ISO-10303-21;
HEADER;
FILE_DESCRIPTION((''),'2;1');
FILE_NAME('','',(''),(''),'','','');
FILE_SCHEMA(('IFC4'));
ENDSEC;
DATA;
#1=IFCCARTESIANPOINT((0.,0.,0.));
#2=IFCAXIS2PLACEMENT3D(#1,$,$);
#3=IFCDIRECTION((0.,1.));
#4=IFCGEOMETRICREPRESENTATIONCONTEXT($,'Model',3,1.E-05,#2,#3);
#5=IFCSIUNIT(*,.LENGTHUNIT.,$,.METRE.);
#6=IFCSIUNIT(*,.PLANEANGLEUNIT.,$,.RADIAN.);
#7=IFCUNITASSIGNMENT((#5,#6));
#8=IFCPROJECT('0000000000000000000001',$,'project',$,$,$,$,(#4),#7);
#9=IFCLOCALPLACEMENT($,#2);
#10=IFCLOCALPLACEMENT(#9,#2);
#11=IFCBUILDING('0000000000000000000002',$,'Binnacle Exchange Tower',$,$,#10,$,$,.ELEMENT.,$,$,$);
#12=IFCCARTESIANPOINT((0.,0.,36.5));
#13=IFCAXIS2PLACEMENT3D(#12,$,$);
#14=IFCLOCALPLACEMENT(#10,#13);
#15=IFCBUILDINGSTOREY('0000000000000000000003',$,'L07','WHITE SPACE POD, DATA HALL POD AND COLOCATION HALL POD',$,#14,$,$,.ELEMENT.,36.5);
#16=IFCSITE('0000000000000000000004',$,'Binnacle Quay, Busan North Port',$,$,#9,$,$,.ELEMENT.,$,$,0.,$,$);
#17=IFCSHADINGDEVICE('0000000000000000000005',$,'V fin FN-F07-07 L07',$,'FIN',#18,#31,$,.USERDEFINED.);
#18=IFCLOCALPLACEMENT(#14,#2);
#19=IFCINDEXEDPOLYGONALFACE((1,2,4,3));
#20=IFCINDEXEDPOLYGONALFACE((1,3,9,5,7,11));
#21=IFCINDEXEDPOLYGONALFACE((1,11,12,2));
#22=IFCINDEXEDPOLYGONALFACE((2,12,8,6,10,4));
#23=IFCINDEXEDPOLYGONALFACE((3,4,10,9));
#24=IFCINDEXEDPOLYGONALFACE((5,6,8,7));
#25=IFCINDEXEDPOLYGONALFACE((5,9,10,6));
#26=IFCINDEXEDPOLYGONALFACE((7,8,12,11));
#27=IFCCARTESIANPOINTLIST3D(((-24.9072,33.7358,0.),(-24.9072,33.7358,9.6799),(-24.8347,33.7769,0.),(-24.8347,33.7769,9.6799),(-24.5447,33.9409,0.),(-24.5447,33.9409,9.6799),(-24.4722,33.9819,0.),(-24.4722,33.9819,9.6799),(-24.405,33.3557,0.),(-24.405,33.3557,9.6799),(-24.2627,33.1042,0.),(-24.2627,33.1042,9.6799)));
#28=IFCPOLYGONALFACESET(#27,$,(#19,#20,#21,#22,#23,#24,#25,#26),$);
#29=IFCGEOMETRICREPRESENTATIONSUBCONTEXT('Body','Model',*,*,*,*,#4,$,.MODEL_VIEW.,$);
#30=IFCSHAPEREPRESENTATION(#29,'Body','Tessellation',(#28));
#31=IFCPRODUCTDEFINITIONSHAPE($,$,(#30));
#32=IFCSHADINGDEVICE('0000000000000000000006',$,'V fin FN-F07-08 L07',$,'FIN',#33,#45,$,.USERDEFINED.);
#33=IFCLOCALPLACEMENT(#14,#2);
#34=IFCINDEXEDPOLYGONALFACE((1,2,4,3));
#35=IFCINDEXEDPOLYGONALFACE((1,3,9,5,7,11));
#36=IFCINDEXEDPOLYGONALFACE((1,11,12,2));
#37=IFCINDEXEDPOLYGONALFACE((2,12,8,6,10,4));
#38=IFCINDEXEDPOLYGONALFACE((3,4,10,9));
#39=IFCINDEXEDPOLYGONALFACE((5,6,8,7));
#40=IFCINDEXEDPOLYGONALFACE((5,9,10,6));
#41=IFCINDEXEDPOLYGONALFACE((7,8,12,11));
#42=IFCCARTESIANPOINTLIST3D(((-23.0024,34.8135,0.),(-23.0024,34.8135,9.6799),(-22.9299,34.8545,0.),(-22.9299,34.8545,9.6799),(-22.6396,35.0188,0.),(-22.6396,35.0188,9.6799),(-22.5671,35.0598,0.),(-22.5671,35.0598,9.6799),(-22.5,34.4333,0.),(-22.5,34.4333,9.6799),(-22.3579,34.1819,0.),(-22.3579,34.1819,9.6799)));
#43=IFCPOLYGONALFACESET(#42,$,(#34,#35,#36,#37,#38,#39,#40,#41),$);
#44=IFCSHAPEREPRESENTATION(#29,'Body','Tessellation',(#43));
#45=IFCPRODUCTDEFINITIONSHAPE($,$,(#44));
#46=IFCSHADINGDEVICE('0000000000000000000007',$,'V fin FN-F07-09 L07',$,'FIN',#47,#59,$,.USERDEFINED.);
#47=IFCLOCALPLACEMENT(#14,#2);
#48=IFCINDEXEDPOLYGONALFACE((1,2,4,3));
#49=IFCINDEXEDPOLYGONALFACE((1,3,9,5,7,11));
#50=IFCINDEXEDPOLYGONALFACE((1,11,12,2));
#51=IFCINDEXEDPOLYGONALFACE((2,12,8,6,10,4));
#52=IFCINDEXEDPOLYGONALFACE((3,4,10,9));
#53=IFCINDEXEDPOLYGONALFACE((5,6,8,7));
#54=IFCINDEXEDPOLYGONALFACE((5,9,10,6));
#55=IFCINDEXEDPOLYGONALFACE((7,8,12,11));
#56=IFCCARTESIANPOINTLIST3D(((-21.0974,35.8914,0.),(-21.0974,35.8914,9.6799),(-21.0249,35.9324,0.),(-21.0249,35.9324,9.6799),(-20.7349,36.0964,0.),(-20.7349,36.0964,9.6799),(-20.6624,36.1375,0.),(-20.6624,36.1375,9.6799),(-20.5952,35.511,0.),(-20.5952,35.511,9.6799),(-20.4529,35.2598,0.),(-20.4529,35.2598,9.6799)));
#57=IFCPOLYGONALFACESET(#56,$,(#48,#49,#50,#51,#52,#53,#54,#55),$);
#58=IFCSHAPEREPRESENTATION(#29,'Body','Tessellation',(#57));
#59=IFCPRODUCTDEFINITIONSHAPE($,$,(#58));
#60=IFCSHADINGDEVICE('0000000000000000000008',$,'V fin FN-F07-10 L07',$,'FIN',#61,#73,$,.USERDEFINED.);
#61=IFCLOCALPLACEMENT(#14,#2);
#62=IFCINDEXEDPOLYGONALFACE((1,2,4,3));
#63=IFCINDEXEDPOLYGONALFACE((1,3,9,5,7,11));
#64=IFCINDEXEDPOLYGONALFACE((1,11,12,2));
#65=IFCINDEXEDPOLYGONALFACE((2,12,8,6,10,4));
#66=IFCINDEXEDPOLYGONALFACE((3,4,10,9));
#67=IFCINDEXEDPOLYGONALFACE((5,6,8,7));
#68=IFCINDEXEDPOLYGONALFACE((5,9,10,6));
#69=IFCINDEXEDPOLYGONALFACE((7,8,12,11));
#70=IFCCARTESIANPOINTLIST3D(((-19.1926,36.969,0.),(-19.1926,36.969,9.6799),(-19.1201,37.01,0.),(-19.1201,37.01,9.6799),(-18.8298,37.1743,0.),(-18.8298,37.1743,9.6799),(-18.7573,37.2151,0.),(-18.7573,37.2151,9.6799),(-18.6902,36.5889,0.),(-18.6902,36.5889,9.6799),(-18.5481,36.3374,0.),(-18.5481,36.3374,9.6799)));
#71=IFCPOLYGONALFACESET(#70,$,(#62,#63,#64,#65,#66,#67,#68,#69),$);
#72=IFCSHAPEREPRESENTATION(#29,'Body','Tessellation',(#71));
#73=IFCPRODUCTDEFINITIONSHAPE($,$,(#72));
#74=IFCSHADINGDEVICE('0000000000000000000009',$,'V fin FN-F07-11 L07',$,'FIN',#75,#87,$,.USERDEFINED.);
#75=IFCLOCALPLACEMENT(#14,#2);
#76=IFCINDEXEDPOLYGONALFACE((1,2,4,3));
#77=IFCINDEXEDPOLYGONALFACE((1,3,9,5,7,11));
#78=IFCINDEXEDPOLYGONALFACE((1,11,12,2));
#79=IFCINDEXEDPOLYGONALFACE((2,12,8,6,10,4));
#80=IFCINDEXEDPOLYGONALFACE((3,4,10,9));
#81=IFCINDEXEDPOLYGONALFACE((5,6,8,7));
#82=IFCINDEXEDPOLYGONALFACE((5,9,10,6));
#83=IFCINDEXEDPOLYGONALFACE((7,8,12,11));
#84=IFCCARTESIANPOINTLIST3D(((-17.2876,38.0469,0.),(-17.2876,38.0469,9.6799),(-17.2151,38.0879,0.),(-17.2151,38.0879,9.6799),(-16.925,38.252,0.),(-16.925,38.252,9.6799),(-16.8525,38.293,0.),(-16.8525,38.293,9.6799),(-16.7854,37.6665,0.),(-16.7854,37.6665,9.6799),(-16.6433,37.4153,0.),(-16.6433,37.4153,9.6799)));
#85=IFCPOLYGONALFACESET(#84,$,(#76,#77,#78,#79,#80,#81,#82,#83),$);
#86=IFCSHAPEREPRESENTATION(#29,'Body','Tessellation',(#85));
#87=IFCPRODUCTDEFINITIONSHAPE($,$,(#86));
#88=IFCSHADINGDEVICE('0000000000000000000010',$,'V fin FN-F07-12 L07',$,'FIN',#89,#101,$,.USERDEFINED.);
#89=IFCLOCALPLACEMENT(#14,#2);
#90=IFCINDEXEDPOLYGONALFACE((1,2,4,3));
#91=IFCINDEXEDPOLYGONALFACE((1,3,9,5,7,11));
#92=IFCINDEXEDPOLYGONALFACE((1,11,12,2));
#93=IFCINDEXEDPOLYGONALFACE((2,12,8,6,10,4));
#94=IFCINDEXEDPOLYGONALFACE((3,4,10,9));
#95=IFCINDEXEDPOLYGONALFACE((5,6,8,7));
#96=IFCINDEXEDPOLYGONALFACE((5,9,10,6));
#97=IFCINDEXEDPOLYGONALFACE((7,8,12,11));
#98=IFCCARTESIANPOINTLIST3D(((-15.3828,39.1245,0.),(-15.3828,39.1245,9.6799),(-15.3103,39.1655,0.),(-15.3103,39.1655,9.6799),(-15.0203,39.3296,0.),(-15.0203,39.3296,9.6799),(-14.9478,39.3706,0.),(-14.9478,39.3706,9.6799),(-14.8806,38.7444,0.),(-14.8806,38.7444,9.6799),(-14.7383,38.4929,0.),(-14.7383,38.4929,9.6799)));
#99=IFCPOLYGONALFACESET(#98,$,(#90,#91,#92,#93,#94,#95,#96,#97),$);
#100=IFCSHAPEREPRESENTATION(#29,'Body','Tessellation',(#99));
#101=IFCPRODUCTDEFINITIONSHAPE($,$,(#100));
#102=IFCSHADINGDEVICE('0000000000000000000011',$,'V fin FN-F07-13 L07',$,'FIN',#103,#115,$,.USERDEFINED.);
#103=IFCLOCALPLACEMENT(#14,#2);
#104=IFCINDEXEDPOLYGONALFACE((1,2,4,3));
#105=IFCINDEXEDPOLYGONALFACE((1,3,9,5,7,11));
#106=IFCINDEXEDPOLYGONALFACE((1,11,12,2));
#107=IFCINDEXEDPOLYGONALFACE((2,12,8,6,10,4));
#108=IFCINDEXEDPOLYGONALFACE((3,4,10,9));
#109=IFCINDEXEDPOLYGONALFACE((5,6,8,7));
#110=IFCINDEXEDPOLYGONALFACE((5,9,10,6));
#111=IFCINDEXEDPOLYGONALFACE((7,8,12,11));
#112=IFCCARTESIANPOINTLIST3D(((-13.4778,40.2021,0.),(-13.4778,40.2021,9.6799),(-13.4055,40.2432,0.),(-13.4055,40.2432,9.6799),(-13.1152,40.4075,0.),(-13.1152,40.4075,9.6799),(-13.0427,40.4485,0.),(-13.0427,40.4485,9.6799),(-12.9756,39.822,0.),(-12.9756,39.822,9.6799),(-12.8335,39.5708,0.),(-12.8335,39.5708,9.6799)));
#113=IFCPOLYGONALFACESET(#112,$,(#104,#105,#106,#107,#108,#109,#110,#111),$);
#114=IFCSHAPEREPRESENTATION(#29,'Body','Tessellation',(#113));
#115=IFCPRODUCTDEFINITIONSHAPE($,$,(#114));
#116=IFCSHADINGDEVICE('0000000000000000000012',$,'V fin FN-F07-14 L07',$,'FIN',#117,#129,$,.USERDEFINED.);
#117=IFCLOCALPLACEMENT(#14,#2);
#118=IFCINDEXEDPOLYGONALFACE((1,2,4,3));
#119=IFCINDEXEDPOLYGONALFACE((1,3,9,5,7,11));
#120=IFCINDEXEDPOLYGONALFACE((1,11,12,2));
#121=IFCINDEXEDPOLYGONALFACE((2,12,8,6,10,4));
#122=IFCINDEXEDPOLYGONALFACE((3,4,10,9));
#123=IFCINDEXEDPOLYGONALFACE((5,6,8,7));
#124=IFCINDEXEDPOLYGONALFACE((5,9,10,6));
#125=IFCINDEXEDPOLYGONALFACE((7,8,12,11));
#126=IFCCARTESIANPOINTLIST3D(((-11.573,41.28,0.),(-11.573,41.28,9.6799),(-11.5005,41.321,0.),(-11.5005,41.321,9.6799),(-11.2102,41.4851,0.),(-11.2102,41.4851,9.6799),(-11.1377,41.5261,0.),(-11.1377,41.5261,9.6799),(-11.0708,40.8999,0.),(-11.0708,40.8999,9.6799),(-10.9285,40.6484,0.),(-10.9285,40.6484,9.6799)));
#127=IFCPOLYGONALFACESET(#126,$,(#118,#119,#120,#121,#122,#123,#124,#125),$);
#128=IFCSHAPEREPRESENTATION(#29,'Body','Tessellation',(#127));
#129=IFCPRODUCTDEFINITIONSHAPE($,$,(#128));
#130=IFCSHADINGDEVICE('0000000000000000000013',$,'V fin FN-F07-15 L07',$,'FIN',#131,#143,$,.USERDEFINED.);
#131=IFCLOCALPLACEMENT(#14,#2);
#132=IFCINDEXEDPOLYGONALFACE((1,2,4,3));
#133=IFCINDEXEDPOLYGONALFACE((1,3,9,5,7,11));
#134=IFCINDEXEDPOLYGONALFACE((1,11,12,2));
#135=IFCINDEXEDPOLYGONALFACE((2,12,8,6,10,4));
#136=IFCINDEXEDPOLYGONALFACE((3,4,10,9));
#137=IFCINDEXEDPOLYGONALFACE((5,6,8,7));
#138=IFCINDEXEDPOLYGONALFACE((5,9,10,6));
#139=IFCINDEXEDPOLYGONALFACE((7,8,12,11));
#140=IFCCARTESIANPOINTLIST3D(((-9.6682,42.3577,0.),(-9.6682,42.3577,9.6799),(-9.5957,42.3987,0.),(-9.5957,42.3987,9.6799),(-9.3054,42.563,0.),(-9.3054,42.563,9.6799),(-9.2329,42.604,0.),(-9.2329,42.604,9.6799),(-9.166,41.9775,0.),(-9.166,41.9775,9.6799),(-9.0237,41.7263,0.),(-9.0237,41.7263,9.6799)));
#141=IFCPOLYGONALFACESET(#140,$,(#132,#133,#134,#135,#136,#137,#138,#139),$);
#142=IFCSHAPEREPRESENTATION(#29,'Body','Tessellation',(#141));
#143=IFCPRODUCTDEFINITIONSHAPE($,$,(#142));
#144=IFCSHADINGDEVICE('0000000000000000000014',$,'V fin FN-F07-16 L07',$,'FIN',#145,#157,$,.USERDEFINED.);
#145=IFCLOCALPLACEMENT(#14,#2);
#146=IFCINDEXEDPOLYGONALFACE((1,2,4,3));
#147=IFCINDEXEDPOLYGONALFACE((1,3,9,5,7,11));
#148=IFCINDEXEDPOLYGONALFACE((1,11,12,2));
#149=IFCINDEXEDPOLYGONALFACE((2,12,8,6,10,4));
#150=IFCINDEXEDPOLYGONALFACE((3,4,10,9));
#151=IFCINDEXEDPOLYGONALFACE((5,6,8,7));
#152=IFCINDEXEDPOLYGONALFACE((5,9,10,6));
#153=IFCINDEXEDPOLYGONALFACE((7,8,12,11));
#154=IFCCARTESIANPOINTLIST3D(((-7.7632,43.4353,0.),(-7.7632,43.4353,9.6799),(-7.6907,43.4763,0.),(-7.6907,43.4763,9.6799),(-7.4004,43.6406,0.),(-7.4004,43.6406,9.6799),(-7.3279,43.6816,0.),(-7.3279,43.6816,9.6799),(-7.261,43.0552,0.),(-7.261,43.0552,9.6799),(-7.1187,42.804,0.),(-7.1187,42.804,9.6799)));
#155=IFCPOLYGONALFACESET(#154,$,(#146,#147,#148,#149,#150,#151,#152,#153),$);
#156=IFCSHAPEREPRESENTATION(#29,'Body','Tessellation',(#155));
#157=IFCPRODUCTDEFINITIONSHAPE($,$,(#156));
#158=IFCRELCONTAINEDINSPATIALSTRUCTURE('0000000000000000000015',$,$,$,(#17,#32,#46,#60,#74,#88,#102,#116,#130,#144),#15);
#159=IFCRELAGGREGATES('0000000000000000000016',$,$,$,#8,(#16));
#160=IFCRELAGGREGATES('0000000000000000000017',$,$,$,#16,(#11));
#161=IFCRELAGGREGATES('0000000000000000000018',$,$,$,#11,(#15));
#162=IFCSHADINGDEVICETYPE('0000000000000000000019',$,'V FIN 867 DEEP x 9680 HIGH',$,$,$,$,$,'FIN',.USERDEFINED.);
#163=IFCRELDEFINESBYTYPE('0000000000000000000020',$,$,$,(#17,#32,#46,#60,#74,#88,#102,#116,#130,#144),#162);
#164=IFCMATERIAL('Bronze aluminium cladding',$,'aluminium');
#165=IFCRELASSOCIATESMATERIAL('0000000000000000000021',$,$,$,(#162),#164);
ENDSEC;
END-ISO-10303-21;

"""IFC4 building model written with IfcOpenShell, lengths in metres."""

from ifc_helpers import new_model, si_unit, direction, frame, origin, place, context, subcontext, project, spatial, polyline, outline, extrude, material, type_object, element, save


model = new_model("IFC4")

# Units and contexts
model_context = context("Model", 3, precision=1e-05, world=origin(), true_north=direction((0.0, 1.0)))
body_context = subcontext(model_context, "Body", "Model", "MODEL_VIEW")
ifc_project = project(units=[si_unit("LENGTHUNIT", "METRE"), si_unit("PLANEANGLEUNIT", "RADIAN")], contexts=[model_context])

# Site, building, storey
site_placement = place(None, origin())
site = spatial("IfcSite", under=ifc_project, at=site_placement, Name="Binnacle Quay, Busan North Port", CompositionType="ELEMENT", RefElevation=0.0)
building_placement = place(site_placement, origin())
building = spatial("IfcBuilding", under=site, at=building_placement, Name="Binnacle Exchange Tower", CompositionType="ELEMENT")
storey_placement = place(building_placement, frame((0.0, 0.0, 36.5)))
storey = spatial("IfcBuildingStorey", under=building, at=storey_placement, Name="L07", Description="WHITE SPACE POD, DATA HALL POD AND COLOCATION HALL POD", CompositionType="ELEMENT", Elevation=36.5)

# Shading devices
ifc_material = material(Name="Bronze aluminium cladding", Category="aluminium")
shading_device_type = type_object("IfcShadingDeviceType", Name="V FIN 867 DEEP x 9680 HIGH", ElementType="FIN", PredefinedType="USERDEFINED", material=ifc_material)
shading_device_1_placement = place(storey_placement, origin())
element("IfcShadingDevice", 1, at=shading_device_1_placement, inside=storey, type_object=shading_device_type, Name="V fin FN-F07-07 L07", ObjectType="FIN", PredefinedType="USERDEFINED", context=body_context, shape_type="SweptSolid", body=[
    extrude(outline(polyline([(-24.9072, 33.7358), (-24.2627, 33.1042), (-24.4722, 33.9819), (-24.5447, 33.9409), (-24.405, 33.3557), (-24.8347, 33.7769), (-24.9072, 33.7358)])), origin(), (0.0, 0.0, 1.0), 9.6799),
])
shading_device_2_placement = place(storey_placement, origin())
element("IfcShadingDevice", 2, at=shading_device_2_placement, inside=storey, type_object=shading_device_type, Name="V fin FN-F07-08 L07", ObjectType="FIN", PredefinedType="USERDEFINED", context=body_context, shape_type="SweptSolid", body=[
    extrude(outline(polyline([(-23.0024, 34.8135), (-22.3579, 34.1819), (-22.5671, 35.0598), (-22.6396, 35.0188), (-22.5, 34.4333), (-22.9299, 34.8545), (-23.0024, 34.8135)])), origin(), (0.0, 0.0, 1.0), 9.6799),
])
shading_device_3_placement = place(storey_placement, origin())
element("IfcShadingDevice", 3, at=shading_device_3_placement, inside=storey, type_object=shading_device_type, Name="V fin FN-F07-09 L07", ObjectType="FIN", PredefinedType="USERDEFINED", context=body_context, shape_type="SweptSolid", body=[
    extrude(outline(polyline([(-21.0974, 35.8914), (-20.4529, 35.2598), (-20.6624, 36.1375), (-20.7349, 36.0964), (-20.5952, 35.511), (-21.0249, 35.9324), (-21.0974, 35.8914)])), origin(), (0.0, 0.0, 1.0), 9.6799),
])
shading_device_4_placement = place(storey_placement, origin())
element("IfcShadingDevice", 4, at=shading_device_4_placement, inside=storey, type_object=shading_device_type, Name="V fin FN-F07-10 L07", ObjectType="FIN", PredefinedType="USERDEFINED", context=body_context, shape_type="SweptSolid", body=[
    extrude(outline(polyline([(-19.1926, 36.969), (-18.5481, 36.3374), (-18.7573, 37.2151), (-18.8298, 37.1743), (-18.6902, 36.5889), (-19.1201, 37.01), (-19.1926, 36.969)])), origin(), (0.0, 0.0, 1.0), 9.6799),
])
shading_device_5_placement = place(storey_placement, origin())
element("IfcShadingDevice", 5, at=shading_device_5_placement, inside=storey, type_object=shading_device_type, Name="V fin FN-F07-11 L07", ObjectType="FIN", PredefinedType="USERDEFINED", context=body_context, shape_type="SweptSolid", body=[
    extrude(outline(polyline([(-17.2876, 38.0469), (-16.6433, 37.4153), (-16.8525, 38.293), (-16.925, 38.252), (-16.7854, 37.6665), (-17.2151, 38.0879), (-17.2876, 38.0469)])), origin(), (0.0, 0.0, 1.0), 9.6799),
])
shading_device_6_placement = place(storey_placement, origin())
element("IfcShadingDevice", 6, at=shading_device_6_placement, inside=storey, type_object=shading_device_type, Name="V fin FN-F07-12 L07", ObjectType="FIN", PredefinedType="USERDEFINED", context=body_context, shape_type="SweptSolid", body=[
    extrude(outline(polyline([(-15.3828, 39.1245), (-14.7383, 38.4929), (-14.9478, 39.3706), (-15.0203, 39.3296), (-14.8806, 38.7444), (-15.3103, 39.1655), (-15.3828, 39.1245)])), origin(), (0.0, 0.0, 1.0), 9.6799),
])
shading_device_7_placement = place(storey_placement, origin())
element("IfcShadingDevice", 7, at=shading_device_7_placement, inside=storey, type_object=shading_device_type, Name="V fin FN-F07-13 L07", ObjectType="FIN", PredefinedType="USERDEFINED", context=body_context, shape_type="SweptSolid", body=[
    extrude(outline(polyline([(-13.4778, 40.2021), (-12.8335, 39.5708), (-13.0427, 40.4485), (-13.1152, 40.4075), (-12.9756, 39.822), (-13.4055, 40.2432), (-13.4778, 40.2021)])), origin(), (0.0, 0.0, 1.0), 9.6799),
])
shading_device_8_placement = place(storey_placement, origin())
element("IfcShadingDevice", 8, at=shading_device_8_placement, inside=storey, type_object=shading_device_type, Name="V fin FN-F07-14 L07", ObjectType="FIN", PredefinedType="USERDEFINED", context=body_context, shape_type="SweptSolid", body=[
    extrude(outline(polyline([(-11.573, 41.28), (-10.9285, 40.6484), (-11.1377, 41.5261), (-11.2102, 41.4851), (-11.0708, 40.8999), (-11.5005, 41.321), (-11.573, 41.28)])), origin(), (0.0, 0.0, 1.0), 9.6799),
])
shading_device_9_placement = place(storey_placement, origin())
element("IfcShadingDevice", 9, at=shading_device_9_placement, inside=storey, type_object=shading_device_type, Name="V fin FN-F07-15 L07", ObjectType="FIN", PredefinedType="USERDEFINED", context=body_context, shape_type="SweptSolid", body=[
    extrude(outline(polyline([(-9.6682, 42.3577), (-9.0237, 41.7263), (-9.2329, 42.604), (-9.3054, 42.563), (-9.166, 41.9775), (-9.5957, 42.3987), (-9.6682, 42.3577)])), origin(), (0.0, 0.0, 1.0), 9.6799),
])
shading_device_10_placement = place(storey_placement, origin())
element("IfcShadingDevice", 10, at=shading_device_10_placement, inside=storey, type_object=shading_device_type, Name="V fin FN-F07-16 L07", ObjectType="FIN", PredefinedType="USERDEFINED", context=body_context, shape_type="SweptSolid", body=[
    extrude(outline(polyline([(-7.7632, 43.4353), (-7.1187, 42.804), (-7.3279, 43.6816), (-7.4004, 43.6406), (-7.261, 43.0552), (-7.6907, 43.4763), (-7.7632, 43.4353)])), origin(), (0.0, 0.0, 1.0), 9.6799),
])

save(model, "model.ifc")
